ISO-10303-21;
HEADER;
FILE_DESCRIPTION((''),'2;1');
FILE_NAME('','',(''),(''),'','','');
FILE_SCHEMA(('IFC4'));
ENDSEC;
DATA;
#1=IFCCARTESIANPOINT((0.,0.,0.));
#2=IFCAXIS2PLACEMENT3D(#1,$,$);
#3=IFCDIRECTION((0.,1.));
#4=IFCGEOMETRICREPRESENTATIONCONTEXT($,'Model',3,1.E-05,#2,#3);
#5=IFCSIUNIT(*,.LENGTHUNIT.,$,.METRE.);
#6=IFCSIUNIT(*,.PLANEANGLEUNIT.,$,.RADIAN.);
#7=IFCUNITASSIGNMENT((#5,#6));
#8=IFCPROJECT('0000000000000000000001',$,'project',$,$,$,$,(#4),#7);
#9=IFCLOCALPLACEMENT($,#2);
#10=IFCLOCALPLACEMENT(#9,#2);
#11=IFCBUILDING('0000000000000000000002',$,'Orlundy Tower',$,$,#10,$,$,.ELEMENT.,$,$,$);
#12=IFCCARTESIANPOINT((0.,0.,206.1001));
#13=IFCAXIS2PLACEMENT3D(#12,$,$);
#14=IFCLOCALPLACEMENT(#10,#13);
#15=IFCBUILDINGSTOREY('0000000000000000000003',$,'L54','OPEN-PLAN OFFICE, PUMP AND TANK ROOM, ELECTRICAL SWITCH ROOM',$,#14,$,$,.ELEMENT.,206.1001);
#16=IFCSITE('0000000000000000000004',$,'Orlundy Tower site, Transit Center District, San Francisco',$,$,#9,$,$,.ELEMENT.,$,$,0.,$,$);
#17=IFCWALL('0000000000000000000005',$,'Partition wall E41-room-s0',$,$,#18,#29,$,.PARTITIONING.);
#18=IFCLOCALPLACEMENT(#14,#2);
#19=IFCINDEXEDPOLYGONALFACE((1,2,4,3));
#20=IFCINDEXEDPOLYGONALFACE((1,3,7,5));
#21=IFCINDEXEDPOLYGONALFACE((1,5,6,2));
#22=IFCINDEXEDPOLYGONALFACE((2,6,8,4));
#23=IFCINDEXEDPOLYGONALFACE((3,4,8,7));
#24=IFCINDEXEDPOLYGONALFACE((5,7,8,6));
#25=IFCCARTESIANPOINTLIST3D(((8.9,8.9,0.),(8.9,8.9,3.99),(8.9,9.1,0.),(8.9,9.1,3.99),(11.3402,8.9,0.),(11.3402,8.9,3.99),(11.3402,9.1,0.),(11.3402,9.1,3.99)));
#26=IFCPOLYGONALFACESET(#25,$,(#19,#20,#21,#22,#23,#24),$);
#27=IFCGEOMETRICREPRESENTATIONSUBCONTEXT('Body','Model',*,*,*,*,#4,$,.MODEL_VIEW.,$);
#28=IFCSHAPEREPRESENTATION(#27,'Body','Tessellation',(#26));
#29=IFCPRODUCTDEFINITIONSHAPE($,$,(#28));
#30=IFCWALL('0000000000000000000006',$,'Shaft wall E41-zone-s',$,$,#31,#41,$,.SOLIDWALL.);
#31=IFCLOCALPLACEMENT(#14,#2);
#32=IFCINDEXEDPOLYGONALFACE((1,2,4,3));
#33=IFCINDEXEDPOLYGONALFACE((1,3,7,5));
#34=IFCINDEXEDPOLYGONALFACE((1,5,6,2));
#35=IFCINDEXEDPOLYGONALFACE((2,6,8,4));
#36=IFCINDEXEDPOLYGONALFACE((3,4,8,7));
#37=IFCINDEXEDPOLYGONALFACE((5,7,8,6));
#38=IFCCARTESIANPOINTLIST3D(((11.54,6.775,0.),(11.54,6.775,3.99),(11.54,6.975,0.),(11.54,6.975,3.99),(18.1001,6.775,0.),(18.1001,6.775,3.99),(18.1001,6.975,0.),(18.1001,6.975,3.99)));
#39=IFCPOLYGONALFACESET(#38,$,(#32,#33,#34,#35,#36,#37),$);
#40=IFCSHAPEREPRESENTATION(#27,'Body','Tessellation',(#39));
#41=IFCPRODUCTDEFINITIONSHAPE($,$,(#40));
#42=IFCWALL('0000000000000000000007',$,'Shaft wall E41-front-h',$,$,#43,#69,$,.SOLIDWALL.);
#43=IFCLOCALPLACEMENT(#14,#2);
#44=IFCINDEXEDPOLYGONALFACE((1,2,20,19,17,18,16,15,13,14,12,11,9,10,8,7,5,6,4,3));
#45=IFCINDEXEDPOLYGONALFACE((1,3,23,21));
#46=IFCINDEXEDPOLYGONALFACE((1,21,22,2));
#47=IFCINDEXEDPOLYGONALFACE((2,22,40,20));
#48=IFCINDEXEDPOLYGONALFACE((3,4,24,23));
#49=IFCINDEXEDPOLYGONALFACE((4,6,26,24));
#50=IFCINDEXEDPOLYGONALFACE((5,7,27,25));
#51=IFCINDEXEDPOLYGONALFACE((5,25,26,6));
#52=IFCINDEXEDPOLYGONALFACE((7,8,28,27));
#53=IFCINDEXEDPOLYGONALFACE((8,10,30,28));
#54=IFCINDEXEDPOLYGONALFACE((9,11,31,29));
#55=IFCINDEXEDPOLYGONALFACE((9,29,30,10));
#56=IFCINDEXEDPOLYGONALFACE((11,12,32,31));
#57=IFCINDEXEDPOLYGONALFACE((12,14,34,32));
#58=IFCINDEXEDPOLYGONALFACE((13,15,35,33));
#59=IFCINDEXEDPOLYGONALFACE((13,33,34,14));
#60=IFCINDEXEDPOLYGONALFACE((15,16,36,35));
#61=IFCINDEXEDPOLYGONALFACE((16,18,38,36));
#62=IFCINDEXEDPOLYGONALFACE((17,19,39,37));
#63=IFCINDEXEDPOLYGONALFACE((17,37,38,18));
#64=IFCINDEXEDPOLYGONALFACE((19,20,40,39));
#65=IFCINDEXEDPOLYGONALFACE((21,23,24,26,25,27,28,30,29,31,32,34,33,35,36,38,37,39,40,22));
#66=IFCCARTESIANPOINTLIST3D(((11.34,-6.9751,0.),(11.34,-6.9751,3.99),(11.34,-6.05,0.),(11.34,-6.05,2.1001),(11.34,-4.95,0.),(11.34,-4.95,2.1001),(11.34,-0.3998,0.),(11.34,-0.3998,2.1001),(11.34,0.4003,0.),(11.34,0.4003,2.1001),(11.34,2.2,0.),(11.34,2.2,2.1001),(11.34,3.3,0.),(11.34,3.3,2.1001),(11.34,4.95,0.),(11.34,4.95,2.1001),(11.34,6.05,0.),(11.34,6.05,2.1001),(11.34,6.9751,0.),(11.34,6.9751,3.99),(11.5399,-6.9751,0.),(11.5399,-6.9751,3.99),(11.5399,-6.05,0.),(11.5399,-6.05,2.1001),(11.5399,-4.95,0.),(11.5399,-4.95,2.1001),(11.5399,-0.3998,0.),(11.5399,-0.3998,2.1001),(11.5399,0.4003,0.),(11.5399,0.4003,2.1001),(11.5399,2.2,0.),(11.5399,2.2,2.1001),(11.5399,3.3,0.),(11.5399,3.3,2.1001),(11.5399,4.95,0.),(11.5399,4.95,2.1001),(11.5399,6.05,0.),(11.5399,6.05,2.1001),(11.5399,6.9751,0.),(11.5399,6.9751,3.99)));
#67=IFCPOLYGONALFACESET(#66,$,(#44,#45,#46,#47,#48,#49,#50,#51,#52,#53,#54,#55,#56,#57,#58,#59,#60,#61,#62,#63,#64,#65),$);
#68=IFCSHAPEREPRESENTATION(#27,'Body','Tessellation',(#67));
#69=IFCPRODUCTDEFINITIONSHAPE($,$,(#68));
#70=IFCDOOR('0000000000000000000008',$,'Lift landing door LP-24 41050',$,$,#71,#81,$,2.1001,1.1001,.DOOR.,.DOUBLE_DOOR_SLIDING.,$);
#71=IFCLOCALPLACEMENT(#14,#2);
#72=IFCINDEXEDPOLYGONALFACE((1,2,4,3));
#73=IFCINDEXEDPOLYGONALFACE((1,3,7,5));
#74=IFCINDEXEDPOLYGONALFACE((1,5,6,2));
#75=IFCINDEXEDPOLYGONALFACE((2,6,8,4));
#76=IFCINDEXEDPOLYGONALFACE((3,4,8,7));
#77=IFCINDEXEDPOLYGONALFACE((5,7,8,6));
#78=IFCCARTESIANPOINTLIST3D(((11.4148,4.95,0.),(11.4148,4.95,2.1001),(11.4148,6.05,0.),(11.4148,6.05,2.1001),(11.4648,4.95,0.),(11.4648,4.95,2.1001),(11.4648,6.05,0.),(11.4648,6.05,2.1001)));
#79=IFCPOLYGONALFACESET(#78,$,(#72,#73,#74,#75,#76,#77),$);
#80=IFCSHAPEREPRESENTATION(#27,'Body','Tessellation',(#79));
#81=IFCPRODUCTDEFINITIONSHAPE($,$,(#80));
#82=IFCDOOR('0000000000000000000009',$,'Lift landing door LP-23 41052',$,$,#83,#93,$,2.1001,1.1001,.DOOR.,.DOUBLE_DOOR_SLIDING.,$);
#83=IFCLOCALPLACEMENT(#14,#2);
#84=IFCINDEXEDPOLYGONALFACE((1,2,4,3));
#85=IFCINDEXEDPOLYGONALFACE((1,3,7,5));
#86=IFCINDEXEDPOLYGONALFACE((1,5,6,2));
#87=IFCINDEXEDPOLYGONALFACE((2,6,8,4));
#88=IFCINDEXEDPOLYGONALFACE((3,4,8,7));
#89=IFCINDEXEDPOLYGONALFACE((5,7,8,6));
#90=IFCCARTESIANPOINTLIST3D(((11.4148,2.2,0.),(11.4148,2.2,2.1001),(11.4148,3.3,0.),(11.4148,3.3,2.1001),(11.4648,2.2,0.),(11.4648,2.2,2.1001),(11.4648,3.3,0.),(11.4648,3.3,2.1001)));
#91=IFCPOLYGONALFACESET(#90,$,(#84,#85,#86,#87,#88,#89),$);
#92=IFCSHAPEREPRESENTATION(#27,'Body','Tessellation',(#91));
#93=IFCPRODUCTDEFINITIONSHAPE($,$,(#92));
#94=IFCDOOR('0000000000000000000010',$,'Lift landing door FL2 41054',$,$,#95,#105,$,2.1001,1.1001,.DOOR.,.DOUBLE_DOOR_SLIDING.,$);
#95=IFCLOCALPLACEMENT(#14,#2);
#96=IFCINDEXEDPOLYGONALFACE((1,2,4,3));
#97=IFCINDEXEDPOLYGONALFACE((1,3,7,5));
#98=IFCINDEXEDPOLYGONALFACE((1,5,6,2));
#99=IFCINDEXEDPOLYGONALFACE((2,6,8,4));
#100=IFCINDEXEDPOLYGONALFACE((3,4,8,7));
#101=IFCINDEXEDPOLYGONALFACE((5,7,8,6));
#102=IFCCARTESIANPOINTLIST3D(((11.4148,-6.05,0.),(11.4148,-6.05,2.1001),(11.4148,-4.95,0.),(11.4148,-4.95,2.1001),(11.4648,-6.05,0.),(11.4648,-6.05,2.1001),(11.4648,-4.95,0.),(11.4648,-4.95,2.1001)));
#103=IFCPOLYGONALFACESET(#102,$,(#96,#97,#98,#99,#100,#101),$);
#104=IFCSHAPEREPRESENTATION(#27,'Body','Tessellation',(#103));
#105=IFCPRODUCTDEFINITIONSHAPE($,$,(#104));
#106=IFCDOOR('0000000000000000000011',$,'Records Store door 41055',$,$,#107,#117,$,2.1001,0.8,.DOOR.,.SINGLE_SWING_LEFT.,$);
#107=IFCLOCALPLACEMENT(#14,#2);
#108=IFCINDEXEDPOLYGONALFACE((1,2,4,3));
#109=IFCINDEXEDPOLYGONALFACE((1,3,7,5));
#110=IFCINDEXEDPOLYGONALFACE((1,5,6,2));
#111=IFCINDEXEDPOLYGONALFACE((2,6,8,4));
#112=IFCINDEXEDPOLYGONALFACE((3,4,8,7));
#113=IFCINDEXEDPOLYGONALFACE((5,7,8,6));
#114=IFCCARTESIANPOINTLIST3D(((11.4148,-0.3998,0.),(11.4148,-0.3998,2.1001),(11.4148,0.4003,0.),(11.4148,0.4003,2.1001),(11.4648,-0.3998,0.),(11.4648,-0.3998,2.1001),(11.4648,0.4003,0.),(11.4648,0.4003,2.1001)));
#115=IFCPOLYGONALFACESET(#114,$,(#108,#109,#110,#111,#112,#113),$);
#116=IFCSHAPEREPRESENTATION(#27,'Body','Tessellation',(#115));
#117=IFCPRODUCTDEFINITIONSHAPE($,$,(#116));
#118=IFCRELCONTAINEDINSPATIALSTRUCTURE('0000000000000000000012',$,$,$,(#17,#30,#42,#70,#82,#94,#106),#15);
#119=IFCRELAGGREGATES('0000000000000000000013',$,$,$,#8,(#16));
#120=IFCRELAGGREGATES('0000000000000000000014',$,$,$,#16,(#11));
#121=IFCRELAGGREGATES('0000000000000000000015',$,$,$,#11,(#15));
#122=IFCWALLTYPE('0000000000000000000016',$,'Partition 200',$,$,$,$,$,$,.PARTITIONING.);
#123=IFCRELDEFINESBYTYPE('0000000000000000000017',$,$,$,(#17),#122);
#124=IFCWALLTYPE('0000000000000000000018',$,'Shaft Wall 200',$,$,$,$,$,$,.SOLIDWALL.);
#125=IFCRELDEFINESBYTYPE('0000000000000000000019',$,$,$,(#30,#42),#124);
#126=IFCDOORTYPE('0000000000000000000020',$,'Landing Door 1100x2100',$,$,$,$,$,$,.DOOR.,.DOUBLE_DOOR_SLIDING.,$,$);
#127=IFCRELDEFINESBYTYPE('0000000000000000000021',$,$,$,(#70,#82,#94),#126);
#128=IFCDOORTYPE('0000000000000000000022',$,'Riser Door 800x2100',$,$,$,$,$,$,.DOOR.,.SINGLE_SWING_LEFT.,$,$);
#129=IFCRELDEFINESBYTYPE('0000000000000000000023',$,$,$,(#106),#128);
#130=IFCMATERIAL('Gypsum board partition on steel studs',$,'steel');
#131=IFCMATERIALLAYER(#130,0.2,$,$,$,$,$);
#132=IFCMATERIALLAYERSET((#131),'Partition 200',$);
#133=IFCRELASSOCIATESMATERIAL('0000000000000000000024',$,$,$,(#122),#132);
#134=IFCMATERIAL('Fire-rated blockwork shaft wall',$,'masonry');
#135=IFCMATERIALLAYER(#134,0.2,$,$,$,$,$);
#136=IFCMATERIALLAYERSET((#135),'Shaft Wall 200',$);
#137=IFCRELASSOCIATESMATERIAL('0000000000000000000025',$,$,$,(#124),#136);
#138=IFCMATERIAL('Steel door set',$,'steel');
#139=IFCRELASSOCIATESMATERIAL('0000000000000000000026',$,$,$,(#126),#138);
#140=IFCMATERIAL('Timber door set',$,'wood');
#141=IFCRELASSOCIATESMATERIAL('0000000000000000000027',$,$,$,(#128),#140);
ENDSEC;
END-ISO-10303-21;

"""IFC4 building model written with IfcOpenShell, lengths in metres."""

from ifc_helpers import new_model, si_unit, direction, frame, frame_2d, origin, place, context, subcontext, project, spatial, rectangle, extrude, material, layer, layer_set, type_object, element, fill, save


model = new_model("IFC4")

# Units and contexts
model_context = context("Model", 3, precision=1e-05, world=origin(), true_north=direction((0.0, 1.0)))
body_context = subcontext(model_context, "Body", "Model", "MODEL_VIEW")
ifc_project = project(units=[si_unit("LENGTHUNIT", "METRE"), si_unit("PLANEANGLEUNIT", "RADIAN")], contexts=[model_context])

# Site, building, storey
site_placement = place(None, origin())
site = spatial("IfcSite", under=ifc_project, at=site_placement, Name="Orlundy Tower site, Transit Center District, San Francisco", CompositionType="ELEMENT", RefElevation=0.0)
building_placement = place(site_placement, origin())
building = spatial("IfcBuilding", under=site, at=building_placement, Name="Orlundy Tower", CompositionType="ELEMENT")
storey_placement = place(building_placement, frame((0.0, 0.0, 206.1001)))
storey = spatial("IfcBuildingStorey", under=building, at=storey_placement, Name="L54", Description="OPEN-PLAN OFFICE, PUMP AND TANK ROOM, ELECTRICAL SWITCH ROOM", CompositionType="ELEMENT", Elevation=206.1001)

# Walls
ifc_material_1 = material(Name="Gypsum board partition on steel studs", Category="steel")
ifc_layer_1 = layer(ifc_material_1, 0.2)
ifc_layer_set_1 = layer_set([ifc_layer_1], Name="Partition 200")
wall_type_1 = type_object("IfcWallType", Name="Partition 200", PredefinedType="PARTITIONING", material=ifc_layer_set_1)
wall_1_placement = place(storey_placement, frame((8.8999, 9.0, 0.0), z_axis=(0.0, 0.0, 1.0), x_axis=(1.0, 0.0, 0.0)))
element("IfcWall", 1, at=wall_1_placement, inside=storey, type_object=wall_type_1, Name="Partition wall E41-room-s0", PredefinedType="PARTITIONING", context=body_context, shape_type="SweptSolid", body=[
    extrude(rectangle(XDim=2.4402, YDim=0.2, at=frame_2d((1.2202, 0.0))), origin(), (0.0, 0.0, 1.0), 3.99),
])
ifc_material_2 = material(Name="Fire-rated blockwork shaft wall", Category="masonry")
ifc_layer_2 = layer(ifc_material_2, 0.2)
ifc_layer_set_2 = layer_set([ifc_layer_2], Name="Shaft Wall 200")
wall_type_2 = type_object("IfcWallType", Name="Shaft Wall 200", PredefinedType="SOLIDWALL", material=ifc_layer_set_2)
wall_2_placement = place(storey_placement, frame((11.54, 6.875, 0.0), z_axis=(0.0, 0.0, 1.0), x_axis=(1.0, 0.0, 0.0)))
element("IfcWall", 2, at=wall_2_placement, inside=storey, type_object=wall_type_2, Name="Shaft wall E41-zone-s", PredefinedType="SOLIDWALL", context=body_context, shape_type="SweptSolid", body=[
    extrude(rectangle(XDim=6.5601, YDim=0.2, at=frame_2d((3.28, 0.0))), origin(), (0.0, 0.0, 1.0), 3.99),
])

# Wall, openings, doors
wall_3_placement = place(storey_placement, frame((11.4399, 6.9751, 0.0), z_axis=(0.0, 0.0, 1.0), x_axis=(0.0, -1.0, 0.0)))
wall_3 = element("IfcWall", 3, at=wall_3_placement, inside=storey, type_object=wall_type_2, Name="Shaft wall E41-front-h", PredefinedType="SOLIDWALL", context=body_context, shape_type="SweptSolid", body=[
    extrude(rectangle(XDim=13.9502, YDim=0.2, at=frame_2d((6.9751, 0.0))), origin(), (0.0, 0.0, 1.0), 3.99),
])
opening_1_placement = place(wall_3_placement, frame((0.925, 0.0, 0.0)))
opening_1 = element("IfcOpeningElement", 4, at=opening_1_placement, cuts=wall_3, PredefinedType="OPENING", context=body_context, shape_type="SweptSolid", body=[
    extrude(rectangle(XDim=1.1001, YDim=2.1001, at=frame_2d((0.55, 1.05))), frame((0.0, 0.1101, 0.0), z_axis=(0.0, -1.0, 0.0), x_axis=(1.0, 0.0, 0.0)), (0.0, 0.0, 1.0), 0.2202),
])
opening_2_placement = place(wall_3_placement, frame((3.675, 0.0, 0.0)))
opening_2 = element("IfcOpeningElement", 5, at=opening_2_placement, cuts=wall_3, PredefinedType="OPENING", context=body_context, shape_type="SweptSolid", body=[
    extrude(rectangle(XDim=1.1001, YDim=2.1001, at=frame_2d((0.55, 1.05))), frame((0.0, 0.1101, 0.0), z_axis=(0.0, -1.0, 0.0), x_axis=(1.0, 0.0, 0.0)), (0.0, 0.0, 1.0), 0.2202),
])
opening_3_placement = place(wall_3_placement, frame((11.925, 0.0, 0.0)))
opening_3 = element("IfcOpeningElement", 6, at=opening_3_placement, cuts=wall_3, PredefinedType="OPENING", context=body_context, shape_type="SweptSolid", body=[
    extrude(rectangle(XDim=1.1001, YDim=2.1001, at=frame_2d((0.55, 1.05))), frame((0.0, 0.1101, 0.0), z_axis=(0.0, -1.0, 0.0), x_axis=(1.0, 0.0, 0.0)), (0.0, 0.0, 1.0), 0.2202),
])
opening_4_placement = place(wall_3_placement, frame((6.575, 0.0, 0.0)))
opening_4 = element("IfcOpeningElement", 7, at=opening_4_placement, cuts=wall_3, PredefinedType="OPENING", context=body_context, shape_type="SweptSolid", body=[
    extrude(rectangle(XDim=0.8, YDim=2.1001, at=frame_2d((0.3999, 1.05))), frame((0.0, 0.1101, 0.0), z_axis=(0.0, -1.0, 0.0), x_axis=(1.0, 0.0, 0.0)), (0.0, 0.0, 1.0), 0.2202),
])
ifc_material_3 = material(Name="Steel door set", Category="steel")
door_type_1 = type_object("IfcDoorType", Name="Landing Door 1100x2100", OperationType="DOUBLE_DOOR_SLIDING", PredefinedType="DOOR", material=ifc_material_3)
door_1_placement = place(opening_1_placement, origin())
door_1 = element("IfcDoor", 8, at=door_1_placement, inside=storey, type_object=door_type_1, Name="Lift landing door LP-24 41050", OperationType="DOUBLE_DOOR_SLIDING", OverallHeight=2.1001, OverallWidth=1.1001, PredefinedType="DOOR", context=body_context, shape_type="SweptSolid", body=[
    extrude(rectangle(XDim=1.1001, YDim=2.1001, at=frame_2d((0.55, 1.05))), frame((0.0, 0.0249, 0.0), z_axis=(0.0, -1.0, 0.0), x_axis=(1.0, 0.0, 0.0)), (0.0, 0.0, 1.0), 0.05),
])
fill(opening_1, door_1)
door_2_placement = place(opening_2_placement, origin())
door_2 = element("IfcDoor", 9, at=door_2_placement, inside=storey, type_object=door_type_1, Name="Lift landing door LP-23 41052", OperationType="DOUBLE_DOOR_SLIDING", OverallHeight=2.1001, OverallWidth=1.1001, PredefinedType="DOOR", context=body_context, shape_type="SweptSolid", body=[
    extrude(rectangle(XDim=1.1001, YDim=2.1001, at=frame_2d((0.55, 1.05))), frame((0.0, 0.0249, 0.0), z_axis=(0.0, -1.0, 0.0), x_axis=(1.0, 0.0, 0.0)), (0.0, 0.0, 1.0), 0.05),
])
fill(opening_2, door_2)
door_3_placement = place(opening_3_placement, origin())
door_3 = element("IfcDoor", 10, at=door_3_placement, inside=storey, type_object=door_type_1, Name="Lift landing door FL2 41054", OperationType="DOUBLE_DOOR_SLIDING", OverallHeight=2.1001, OverallWidth=1.1001, PredefinedType="DOOR", context=body_context, shape_type="SweptSolid", body=[
    extrude(rectangle(XDim=1.1001, YDim=2.1001, at=frame_2d((0.55, 1.05))), frame((0.0, 0.0249, 0.0), z_axis=(0.0, -1.0, 0.0), x_axis=(1.0, 0.0, 0.0)), (0.0, 0.0, 1.0), 0.05),
])
fill(opening_3, door_3)
ifc_material_4 = material(Name="Timber door set", Category="wood")
door_type_2 = type_object("IfcDoorType", Name="Riser Door 800x2100", OperationType="SINGLE_SWING_LEFT", PredefinedType="DOOR", material=ifc_material_4)
door_4_placement = place(opening_4_placement, origin())
door_4 = element("IfcDoor", 11, at=door_4_placement, inside=storey, type_object=door_type_2, Name="Records Store door 41055", OperationType="SINGLE_SWING_LEFT", OverallHeight=2.1001, OverallWidth=0.8, PredefinedType="DOOR", context=body_context, shape_type="SweptSolid", body=[
    extrude(rectangle(XDim=0.8, YDim=2.1001, at=frame_2d((0.3999, 1.05))), frame((0.0, 0.0249, 0.0), z_axis=(0.0, -1.0, 0.0), x_axis=(1.0, 0.0, 0.0)), (0.0, 0.0, 1.0), 0.05),
])
fill(opening_4, door_4)

save(model, "model.ifc")
